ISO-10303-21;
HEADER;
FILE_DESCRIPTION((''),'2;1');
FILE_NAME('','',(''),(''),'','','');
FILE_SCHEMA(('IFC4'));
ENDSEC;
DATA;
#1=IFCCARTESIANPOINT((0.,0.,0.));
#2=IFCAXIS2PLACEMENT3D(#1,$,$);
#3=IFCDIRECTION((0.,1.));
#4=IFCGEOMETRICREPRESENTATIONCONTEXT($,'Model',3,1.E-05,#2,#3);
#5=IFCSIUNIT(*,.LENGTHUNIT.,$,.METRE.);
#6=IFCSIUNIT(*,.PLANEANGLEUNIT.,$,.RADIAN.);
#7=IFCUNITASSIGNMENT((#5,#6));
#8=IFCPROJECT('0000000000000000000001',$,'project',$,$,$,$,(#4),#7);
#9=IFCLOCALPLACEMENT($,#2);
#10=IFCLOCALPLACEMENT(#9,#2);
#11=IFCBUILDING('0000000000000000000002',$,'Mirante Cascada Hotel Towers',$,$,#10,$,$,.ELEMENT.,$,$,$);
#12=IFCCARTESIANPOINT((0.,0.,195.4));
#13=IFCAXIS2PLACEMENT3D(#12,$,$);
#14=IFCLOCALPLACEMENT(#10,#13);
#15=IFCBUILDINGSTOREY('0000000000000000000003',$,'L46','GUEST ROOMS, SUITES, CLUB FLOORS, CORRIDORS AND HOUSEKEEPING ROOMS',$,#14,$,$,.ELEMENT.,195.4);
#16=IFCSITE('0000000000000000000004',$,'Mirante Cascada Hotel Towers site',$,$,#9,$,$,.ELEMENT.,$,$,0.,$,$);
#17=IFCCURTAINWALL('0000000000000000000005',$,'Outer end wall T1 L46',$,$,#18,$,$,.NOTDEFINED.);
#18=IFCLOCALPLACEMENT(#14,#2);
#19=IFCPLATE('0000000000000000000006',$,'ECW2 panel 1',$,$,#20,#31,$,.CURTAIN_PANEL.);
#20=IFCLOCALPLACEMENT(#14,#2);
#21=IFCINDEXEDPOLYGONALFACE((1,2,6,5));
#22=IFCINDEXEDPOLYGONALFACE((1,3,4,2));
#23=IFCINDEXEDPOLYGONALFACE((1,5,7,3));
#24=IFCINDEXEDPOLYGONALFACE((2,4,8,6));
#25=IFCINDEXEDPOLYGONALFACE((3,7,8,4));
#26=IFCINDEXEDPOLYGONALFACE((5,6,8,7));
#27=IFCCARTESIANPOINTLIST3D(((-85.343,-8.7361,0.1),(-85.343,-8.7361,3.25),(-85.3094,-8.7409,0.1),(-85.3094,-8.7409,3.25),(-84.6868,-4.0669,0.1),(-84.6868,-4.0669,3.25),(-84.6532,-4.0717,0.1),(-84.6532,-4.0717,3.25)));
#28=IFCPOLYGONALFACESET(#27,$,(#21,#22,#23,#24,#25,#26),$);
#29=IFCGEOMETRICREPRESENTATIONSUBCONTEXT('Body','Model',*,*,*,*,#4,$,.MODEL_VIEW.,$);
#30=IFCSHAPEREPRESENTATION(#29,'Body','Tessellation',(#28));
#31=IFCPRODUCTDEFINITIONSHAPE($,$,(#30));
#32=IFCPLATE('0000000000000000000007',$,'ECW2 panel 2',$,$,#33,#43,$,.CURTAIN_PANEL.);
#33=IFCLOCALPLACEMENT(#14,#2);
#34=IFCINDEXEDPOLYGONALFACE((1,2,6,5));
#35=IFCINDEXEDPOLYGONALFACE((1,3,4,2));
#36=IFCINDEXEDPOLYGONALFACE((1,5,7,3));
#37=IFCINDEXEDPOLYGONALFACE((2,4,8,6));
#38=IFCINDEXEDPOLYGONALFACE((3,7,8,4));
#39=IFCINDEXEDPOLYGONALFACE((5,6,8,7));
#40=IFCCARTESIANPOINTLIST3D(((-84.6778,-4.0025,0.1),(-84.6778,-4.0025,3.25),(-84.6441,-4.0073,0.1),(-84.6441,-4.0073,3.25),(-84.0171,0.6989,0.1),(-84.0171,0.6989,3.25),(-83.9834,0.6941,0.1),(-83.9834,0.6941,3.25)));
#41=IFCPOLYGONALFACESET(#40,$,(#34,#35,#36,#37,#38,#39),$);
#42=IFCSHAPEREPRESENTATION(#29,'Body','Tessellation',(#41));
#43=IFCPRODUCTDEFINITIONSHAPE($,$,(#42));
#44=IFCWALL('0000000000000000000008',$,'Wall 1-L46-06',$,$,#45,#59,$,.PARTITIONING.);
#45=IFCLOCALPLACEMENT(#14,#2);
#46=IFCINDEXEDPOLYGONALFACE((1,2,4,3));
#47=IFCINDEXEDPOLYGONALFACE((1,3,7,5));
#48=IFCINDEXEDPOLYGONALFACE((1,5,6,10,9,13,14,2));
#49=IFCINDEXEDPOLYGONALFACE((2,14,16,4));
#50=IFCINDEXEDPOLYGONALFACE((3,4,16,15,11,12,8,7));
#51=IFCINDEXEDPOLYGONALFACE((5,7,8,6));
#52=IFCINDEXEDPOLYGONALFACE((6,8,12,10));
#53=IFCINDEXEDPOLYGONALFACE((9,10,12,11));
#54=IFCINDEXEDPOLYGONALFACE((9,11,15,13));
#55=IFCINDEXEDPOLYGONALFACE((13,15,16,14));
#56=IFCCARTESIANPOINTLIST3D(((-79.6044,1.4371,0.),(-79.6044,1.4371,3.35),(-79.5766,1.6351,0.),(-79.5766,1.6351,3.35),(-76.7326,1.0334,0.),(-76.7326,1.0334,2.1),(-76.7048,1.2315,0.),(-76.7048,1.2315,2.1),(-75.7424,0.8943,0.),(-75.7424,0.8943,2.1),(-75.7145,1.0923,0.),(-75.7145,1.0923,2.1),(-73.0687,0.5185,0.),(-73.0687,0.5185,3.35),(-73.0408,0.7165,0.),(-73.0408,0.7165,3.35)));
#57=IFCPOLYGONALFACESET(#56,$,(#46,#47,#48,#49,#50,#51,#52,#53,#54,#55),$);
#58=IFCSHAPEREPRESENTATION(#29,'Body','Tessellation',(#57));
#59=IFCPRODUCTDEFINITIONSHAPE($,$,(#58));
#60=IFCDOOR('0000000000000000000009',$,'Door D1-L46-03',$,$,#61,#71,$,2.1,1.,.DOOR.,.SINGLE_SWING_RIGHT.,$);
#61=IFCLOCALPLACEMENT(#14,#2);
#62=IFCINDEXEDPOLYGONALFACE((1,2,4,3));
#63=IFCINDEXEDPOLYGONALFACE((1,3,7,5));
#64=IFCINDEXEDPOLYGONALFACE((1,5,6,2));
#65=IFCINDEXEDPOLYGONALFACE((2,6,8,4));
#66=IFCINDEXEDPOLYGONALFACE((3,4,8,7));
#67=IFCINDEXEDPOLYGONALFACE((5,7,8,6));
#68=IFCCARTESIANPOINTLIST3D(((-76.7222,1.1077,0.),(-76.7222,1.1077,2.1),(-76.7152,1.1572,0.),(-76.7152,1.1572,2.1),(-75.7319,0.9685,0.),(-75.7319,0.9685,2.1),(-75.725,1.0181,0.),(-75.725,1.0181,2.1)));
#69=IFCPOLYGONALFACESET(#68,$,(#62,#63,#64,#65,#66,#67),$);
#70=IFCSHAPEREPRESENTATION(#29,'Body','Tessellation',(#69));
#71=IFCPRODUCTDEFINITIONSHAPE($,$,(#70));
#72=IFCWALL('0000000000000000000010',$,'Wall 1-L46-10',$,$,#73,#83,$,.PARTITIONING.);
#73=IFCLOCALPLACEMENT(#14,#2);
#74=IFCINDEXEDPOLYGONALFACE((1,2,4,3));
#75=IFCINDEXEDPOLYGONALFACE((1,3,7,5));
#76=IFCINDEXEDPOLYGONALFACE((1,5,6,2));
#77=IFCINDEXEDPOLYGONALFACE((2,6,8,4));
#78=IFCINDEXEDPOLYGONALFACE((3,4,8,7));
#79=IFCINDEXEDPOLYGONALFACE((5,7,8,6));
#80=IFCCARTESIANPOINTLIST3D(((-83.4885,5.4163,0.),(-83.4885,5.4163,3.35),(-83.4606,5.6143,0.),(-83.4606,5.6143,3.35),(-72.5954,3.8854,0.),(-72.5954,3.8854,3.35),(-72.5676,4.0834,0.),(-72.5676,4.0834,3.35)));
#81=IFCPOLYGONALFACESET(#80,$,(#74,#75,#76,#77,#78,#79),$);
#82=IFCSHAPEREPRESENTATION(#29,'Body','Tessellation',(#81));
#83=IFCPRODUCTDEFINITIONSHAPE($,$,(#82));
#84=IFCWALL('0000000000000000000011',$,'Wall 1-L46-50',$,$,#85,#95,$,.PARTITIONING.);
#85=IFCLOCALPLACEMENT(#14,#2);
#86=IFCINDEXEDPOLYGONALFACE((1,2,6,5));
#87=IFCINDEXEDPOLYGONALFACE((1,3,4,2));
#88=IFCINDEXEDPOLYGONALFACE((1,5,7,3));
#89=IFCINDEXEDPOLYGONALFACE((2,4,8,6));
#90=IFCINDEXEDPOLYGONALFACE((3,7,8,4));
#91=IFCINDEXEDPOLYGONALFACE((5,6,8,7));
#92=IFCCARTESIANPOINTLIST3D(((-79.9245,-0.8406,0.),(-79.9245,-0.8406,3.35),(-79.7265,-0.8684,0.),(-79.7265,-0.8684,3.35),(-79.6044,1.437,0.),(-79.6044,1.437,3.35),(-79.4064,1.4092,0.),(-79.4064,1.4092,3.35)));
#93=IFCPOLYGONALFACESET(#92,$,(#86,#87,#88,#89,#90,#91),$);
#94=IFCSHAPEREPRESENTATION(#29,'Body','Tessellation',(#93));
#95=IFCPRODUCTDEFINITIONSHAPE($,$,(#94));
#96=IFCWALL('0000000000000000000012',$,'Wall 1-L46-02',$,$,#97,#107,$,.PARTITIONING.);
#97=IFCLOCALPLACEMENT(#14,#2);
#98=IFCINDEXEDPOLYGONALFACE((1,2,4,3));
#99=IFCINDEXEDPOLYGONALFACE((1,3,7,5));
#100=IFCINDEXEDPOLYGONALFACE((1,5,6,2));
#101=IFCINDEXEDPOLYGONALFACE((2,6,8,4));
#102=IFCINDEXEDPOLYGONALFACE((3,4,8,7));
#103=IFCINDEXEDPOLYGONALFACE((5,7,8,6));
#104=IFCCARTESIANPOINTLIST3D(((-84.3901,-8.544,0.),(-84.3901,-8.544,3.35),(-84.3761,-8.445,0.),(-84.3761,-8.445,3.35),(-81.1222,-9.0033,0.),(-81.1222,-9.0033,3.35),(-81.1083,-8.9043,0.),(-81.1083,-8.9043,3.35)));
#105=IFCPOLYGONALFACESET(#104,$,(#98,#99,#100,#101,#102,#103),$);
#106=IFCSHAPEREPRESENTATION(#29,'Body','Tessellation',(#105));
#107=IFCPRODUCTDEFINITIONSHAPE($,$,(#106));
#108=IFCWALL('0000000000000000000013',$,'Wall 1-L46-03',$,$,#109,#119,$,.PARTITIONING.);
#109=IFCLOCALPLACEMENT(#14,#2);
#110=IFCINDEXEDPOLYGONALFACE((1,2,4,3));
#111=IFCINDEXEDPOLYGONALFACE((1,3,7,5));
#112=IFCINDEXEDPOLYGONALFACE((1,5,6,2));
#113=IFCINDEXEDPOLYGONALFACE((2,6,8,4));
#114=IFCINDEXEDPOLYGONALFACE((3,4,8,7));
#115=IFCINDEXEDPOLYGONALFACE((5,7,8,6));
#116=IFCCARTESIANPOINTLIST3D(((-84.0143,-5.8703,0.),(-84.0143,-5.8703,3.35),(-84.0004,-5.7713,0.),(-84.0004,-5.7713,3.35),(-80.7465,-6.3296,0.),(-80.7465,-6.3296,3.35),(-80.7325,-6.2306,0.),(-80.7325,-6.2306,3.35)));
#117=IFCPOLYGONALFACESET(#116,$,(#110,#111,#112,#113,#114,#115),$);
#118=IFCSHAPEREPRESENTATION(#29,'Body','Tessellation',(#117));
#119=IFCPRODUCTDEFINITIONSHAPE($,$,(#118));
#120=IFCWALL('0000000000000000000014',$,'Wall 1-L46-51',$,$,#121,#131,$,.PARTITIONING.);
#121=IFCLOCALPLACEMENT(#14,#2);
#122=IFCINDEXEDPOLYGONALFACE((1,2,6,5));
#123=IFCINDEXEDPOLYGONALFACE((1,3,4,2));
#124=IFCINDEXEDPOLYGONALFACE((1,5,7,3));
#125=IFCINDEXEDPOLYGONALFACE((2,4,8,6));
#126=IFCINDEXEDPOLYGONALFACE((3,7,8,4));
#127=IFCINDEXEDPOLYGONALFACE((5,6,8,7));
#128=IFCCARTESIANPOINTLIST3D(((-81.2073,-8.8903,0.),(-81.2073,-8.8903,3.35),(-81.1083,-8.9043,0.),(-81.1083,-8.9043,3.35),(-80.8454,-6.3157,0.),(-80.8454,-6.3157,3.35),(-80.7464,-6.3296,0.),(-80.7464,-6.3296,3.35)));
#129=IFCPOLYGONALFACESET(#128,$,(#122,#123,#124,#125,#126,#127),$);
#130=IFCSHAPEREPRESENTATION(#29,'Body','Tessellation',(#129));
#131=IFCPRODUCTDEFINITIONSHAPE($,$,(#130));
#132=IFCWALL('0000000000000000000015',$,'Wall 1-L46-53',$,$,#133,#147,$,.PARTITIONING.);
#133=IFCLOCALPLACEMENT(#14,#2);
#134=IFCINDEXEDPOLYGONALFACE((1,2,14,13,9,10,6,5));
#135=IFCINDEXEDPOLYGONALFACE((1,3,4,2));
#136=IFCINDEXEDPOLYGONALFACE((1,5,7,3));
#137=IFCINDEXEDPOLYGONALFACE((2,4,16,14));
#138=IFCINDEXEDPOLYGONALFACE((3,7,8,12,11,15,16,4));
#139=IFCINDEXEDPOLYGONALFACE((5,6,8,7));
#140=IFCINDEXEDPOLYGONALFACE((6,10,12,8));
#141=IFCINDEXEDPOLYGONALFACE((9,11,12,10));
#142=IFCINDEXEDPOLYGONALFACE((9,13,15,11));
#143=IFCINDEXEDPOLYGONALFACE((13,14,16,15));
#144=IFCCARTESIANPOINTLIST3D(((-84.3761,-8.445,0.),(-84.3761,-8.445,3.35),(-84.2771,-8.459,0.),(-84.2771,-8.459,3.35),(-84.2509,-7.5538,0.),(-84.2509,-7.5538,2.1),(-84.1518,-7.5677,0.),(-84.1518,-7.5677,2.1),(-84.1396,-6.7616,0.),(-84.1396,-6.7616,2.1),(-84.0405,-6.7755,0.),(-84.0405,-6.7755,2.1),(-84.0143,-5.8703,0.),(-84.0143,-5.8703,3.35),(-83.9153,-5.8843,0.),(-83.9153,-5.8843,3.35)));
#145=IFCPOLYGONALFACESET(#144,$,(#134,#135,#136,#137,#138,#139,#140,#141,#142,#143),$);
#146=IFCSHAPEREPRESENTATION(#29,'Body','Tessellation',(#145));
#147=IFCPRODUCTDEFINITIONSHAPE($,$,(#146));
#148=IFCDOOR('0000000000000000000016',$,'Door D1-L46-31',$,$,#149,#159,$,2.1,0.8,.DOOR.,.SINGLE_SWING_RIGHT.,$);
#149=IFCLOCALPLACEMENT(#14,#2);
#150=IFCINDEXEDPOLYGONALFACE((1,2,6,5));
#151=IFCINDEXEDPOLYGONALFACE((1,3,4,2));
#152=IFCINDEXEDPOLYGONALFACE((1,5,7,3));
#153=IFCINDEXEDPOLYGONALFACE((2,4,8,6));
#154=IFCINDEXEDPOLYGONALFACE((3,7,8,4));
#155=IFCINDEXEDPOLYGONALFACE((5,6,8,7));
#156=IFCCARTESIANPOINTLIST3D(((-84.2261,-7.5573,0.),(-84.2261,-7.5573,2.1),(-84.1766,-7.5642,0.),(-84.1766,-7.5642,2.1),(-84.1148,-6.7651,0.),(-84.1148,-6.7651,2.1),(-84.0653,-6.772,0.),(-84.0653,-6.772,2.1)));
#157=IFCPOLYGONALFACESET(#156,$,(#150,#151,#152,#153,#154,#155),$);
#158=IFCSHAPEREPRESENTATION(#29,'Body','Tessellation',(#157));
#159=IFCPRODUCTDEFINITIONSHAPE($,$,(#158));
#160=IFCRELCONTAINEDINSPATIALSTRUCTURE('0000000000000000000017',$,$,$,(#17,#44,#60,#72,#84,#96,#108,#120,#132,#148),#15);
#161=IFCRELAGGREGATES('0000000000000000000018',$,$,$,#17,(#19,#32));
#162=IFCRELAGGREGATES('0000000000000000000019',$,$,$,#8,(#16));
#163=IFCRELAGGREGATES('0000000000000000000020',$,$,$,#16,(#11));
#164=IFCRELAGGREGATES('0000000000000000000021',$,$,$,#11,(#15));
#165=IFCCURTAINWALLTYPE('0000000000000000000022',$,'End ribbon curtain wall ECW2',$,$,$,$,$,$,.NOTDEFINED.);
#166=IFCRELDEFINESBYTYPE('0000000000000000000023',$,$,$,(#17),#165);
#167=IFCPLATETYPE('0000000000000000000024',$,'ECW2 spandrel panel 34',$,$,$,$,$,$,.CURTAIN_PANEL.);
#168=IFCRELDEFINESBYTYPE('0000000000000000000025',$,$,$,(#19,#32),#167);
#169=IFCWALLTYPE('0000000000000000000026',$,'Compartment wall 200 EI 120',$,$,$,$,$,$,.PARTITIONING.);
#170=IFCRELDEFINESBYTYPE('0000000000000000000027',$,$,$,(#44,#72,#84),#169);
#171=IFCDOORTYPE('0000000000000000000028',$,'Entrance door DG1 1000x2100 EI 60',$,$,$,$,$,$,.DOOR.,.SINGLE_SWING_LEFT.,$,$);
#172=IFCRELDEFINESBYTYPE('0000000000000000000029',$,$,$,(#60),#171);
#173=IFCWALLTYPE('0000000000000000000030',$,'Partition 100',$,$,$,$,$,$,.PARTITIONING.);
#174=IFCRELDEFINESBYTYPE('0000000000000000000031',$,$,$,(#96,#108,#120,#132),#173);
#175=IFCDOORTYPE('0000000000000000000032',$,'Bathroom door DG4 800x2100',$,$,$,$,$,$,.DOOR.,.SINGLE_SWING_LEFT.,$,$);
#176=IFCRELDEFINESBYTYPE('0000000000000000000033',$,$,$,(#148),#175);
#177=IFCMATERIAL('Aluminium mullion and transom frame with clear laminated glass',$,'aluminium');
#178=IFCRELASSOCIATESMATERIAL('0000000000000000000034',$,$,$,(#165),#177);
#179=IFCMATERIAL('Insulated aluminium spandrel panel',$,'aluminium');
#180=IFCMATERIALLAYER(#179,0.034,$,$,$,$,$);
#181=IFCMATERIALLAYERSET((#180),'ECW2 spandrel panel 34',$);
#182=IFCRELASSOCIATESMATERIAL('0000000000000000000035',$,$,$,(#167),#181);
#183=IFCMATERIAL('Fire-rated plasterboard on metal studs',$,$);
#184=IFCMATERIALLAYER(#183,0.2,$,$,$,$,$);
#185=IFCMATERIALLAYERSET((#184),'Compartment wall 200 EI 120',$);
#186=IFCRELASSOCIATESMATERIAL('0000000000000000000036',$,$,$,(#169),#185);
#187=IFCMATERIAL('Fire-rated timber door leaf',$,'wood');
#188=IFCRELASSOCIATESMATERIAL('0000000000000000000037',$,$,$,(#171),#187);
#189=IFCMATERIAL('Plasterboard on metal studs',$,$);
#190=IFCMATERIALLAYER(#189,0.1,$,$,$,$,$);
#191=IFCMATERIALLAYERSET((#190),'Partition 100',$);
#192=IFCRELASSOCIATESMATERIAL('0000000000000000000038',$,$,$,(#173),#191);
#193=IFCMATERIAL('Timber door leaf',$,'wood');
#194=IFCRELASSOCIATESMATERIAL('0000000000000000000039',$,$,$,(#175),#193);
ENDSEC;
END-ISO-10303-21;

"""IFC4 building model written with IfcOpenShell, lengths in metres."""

from ifc_helpers import new_model, si_unit, direction, frame, frame_2d, origin, origin_2d, place, context, subcontext, project, spatial, rectangle, extrude, material, layer, layer_set, type_object, element, fill, aggregate, save


model = new_model("IFC4")

# Units and contexts
model_context = context("Model", 3, precision=1e-05, world=origin(), true_north=direction((0.0, 1.0)))
body_context = subcontext(model_context, "Body", "Model", "MODEL_VIEW")
ifc_project = project(units=[si_unit("LENGTHUNIT", "METRE"), si_unit("PLANEANGLEUNIT", "RADIAN")], contexts=[model_context])

# Site, building, storey
site_placement = place(None, origin())
site = spatial("IfcSite", under=ifc_project, at=site_placement, Name="Mirante Cascada Hotel Towers site", CompositionType="ELEMENT", RefElevation=0.0)
building_placement = place(site_placement, origin())
building = spatial("IfcBuilding", under=site, at=building_placement, Name="Mirante Cascada Hotel Towers", CompositionType="ELEMENT")
storey_placement = place(building_placement, frame((0.0, 0.0, 195.4)))
storey = spatial("IfcBuildingStorey", under=building, at=storey_placement, Name="L46", Description="GUEST ROOMS, SUITES, CLUB FLOORS, CORRIDORS AND HOUSEKEEPING ROOMS", CompositionType="ELEMENT", Elevation=195.4)

# Curtain wall, plates
ifc_material_1 = material(Name="Aluminium mullion and transom frame with clear laminated glass", Category="aluminium")
curtain_wall_type = type_object("IfcCurtainWallType", Name="End ribbon curtain wall ECW2", PredefinedType="NOTDEFINED", material=ifc_material_1)
curtain_wall_placement = place(storey_placement, origin())
curtain_wall = element("IfcCurtainWall", 1, at=curtain_wall_placement, inside=storey, type_object=curtain_wall_type, Name="Outer end wall T1 L46", PredefinedType="NOTDEFINED")
ifc_material_2 = material(Name="Insulated aluminium spandrel panel", Category="aluminium")
ifc_layer_1 = layer(ifc_material_2, 0.034)
ifc_layer_set_1 = layer_set([ifc_layer_1], Name="ECW2 spandrel panel 34")
plate_type_1 = type_object("IfcPlateType", Name="ECW2 spandrel panel 34", PredefinedType="CURTAIN_PANEL", material=ifc_layer_set_1)
plate_1_placement = place(storey_placement, frame((-84.9981, -6.4039, 0.1), z_axis=(0.0, 0.0, 1.0), x_axis=(0.139173, 0.990268, 0.0)))
plate_1 = element("IfcPlate", 2, at=plate_1_placement, type_object=plate_type_1, Name="ECW2 panel 1", PredefinedType="CURTAIN_PANEL", context=body_context, shape_type="SweptSolid", body=[
    extrude(rectangle(XDim=4.7151, YDim=0.034, at=origin_2d()), origin(), (0.0, 0.0, 1.0), 3.15),
])
plate_2_placement = place(storey_placement, frame((-84.3306, -1.6542, 0.1), z_axis=(0.0, 0.0, 1.0), x_axis=(0.139173, 0.990268, 0.0)))
plate_2 = element("IfcPlate", 3, at=plate_2_placement, type_object=plate_type_1, Name="ECW2 panel 2", PredefinedType="CURTAIN_PANEL", context=body_context, shape_type="SweptSolid", body=[
    extrude(rectangle(XDim=4.7476, YDim=0.034, at=origin_2d()), origin(), (0.0, 0.0, 1.0), 3.15),
])
aggregate(curtain_wall, [plate_1, plate_2])

# Wall, opening, door
ifc_material_3 = material(Name="Fire-rated plasterboard on metal studs")
ifc_layer_2 = layer(ifc_material_3, 0.2)
ifc_layer_set_2 = layer_set([ifc_layer_2], Name="Compartment wall 200 EI 120")
wall_type_1 = type_object("IfcWallType", Name="Compartment wall 200 EI 120", PredefinedType="PARTITIONING", material=ifc_layer_set_2)
wall_1_placement = place(storey_placement, frame((-79.5905, 1.5361, 0.0), z_axis=(0.0, 0.0, 1.0), x_axis=(0.990267, -0.139181, 0.0)))
wall_1 = element("IfcWall", 4, at=wall_1_placement, inside=storey, type_object=wall_type_1, Name="Wall 1-L46-06", PredefinedType="PARTITIONING", context=body_context, shape_type="SweptSolid", body=[
    extrude(rectangle(XDim=6.6, YDim=0.2, at=frame_2d((3.3, 0.0))), origin(), (0.0, 0.0, 1.0), 3.35),
])
opening_1_placement = place(wall_1_placement, frame((2.9, 0.0, 0.0)))
opening_1 = element("IfcOpeningElement", 5, at=opening_1_placement, cuts=wall_1, PredefinedType="OPENING", context=body_context, shape_type="SweptSolid", body=[
    extrude(rectangle(XDim=1.0, YDim=2.1, at=frame_2d((0.5, 1.05))), frame((0.0, 0.1, 0.0), z_axis=(0.0, -1.0, 0.0), x_axis=(1.0, 0.0, 0.0)), (0.0, 0.0, 1.0), 0.2),
])
ifc_material_4 = material(Name="Fire-rated timber door leaf", Category="wood")
door_type_1 = type_object("IfcDoorType", Name="Entrance door DG1 1000x2100 EI 60", OperationType="SINGLE_SWING_LEFT", PredefinedType="DOOR", material=ifc_material_4)
door_1_placement = place(opening_1_placement, frame((1.0, 0.0, 0.0), z_axis=(0.0, 0.0, 1.0), x_axis=(-1.0, 0.0, 0.0)))
door_1 = element("IfcDoor", 6, at=door_1_placement, inside=storey, type_object=door_type_1, Name="Door D1-L46-03", OperationType="SINGLE_SWING_RIGHT", OverallHeight=2.1, OverallWidth=1.0, PredefinedType="DOOR", context=body_context, shape_type="SweptSolid", body=[
    extrude(rectangle(XDim=1.0, YDim=2.1, at=frame_2d((0.5, 1.05))), frame((0.0, 0.025, 0.0), z_axis=(0.0, -1.0, 0.0), x_axis=(1.0, 0.0, 0.0)), (0.0, 0.0, 1.0), 0.05),
])
fill(opening_1, door_1)

# Walls
wall_2_placement = place(storey_placement, frame((-83.4745, 5.5153, 0.0), z_axis=(0.0, 0.0, 1.0), x_axis=(0.990268, -0.139172, 0.0)))
element("IfcWall", 7, at=wall_2_placement, inside=storey, type_object=wall_type_1, Name="Wall 1-L46-10", PredefinedType="PARTITIONING", context=body_context, shape_type="SweptSolid", body=[
    extrude(rectangle(XDim=11.0001, YDim=0.2, at=frame_2d((5.5, 0.0))), origin(), (0.0, 0.0, 1.0), 3.35),
])
wall_3_placement = place(storey_placement, frame((-79.5054, 1.4231, 0.0), z_axis=(0.0, 0.0, 1.0), x_axis=(-0.139175, -0.990268, 0.0)))
element("IfcWall", 8, at=wall_3_placement, inside=storey, type_object=wall_type_1, Name="Wall 1-L46-50", PredefinedType="PARTITIONING", context=body_context, shape_type="SweptSolid", body=[
    extrude(rectangle(XDim=2.3, YDim=0.2, at=frame_2d((1.15, 0.0))), origin(), (0.0, 0.0, 1.0), 3.35),
])
ifc_material_5 = material(Name="Plasterboard on metal studs")
ifc_layer_3 = layer(ifc_material_5, 0.1)
ifc_layer_set_3 = layer_set([ifc_layer_3], Name="Partition 100")
wall_type_2 = type_object("IfcWallType", Name="Partition 100", PredefinedType="PARTITIONING", material=ifc_layer_set_3)
for number, where, z_axis, x_axis, name in (
    (9, (-84.3831, -8.4945, 0.0), (0.0, 0.0, 1.0), (0.990267, -0.139181, 0.0), "Wall 1-L46-02"),
    (10, (-80.7395, -6.2801, 0.0), (0.0, 0.0, 1.0), (-0.990267, 0.139181, 0.0), "Wall 1-L46-03"),
):
    element("IfcWall", number, at=place(storey_placement, frame(where, z_axis=z_axis, x_axis=x_axis)), inside=storey, type_object=wall_type_2, Name=name, PredefinedType="PARTITIONING", context=body_context, shape_type="SweptSolid", body=[
        extrude(rectangle(XDim=3.3, YDim=0.1, at=frame_2d((1.65, 0.0))), origin(), (0.0, 0.0, 1.0), 3.35),
    ])
wall_4_placement = place(storey_placement, frame((-81.1578, -8.8973, 0.0), z_axis=(0.0, 0.0, 1.0), x_axis=(0.139192, 0.990265, 0.0)))
element("IfcWall", 11, at=wall_4_placement, inside=storey, type_object=wall_type_2, Name="Wall 1-L46-51", PredefinedType="PARTITIONING", context=body_context, shape_type="SweptSolid", body=[
    extrude(rectangle(XDim=2.6, YDim=0.1, at=frame_2d((1.3, 0.0))), origin(), (0.0, 0.0, 1.0), 3.35),
])

# Wall, opening, door
wall_5_placement = place(storey_placement, frame((-84.3266, -8.452, 0.0), z_axis=(0.0, 0.0, 1.0), x_axis=(0.139154, 0.990271, 0.0)))
wall_5 = element("IfcWall", 12, at=wall_5_placement, inside=storey, type_object=wall_type_2, Name="Wall 1-L46-53", PredefinedType="PARTITIONING", context=body_context, shape_type="SweptSolid", body=[
    extrude(rectangle(XDim=2.6, YDim=0.1, at=frame_2d((1.3, 0.0))), origin(), (0.0, 0.0, 1.0), 3.35),
])
opening_2_placement = place(wall_5_placement, frame((0.9, 0.0, 0.0)))
opening_2 = element("IfcOpeningElement", 13, at=opening_2_placement, cuts=wall_5, PredefinedType="OPENING", context=body_context, shape_type="SweptSolid", body=[
    extrude(rectangle(XDim=0.8, YDim=2.1, at=frame_2d((0.4, 1.05))), frame((0.0, 0.05, 0.0), z_axis=(0.0, -1.0, 0.0), x_axis=(1.0, 0.0, 0.0)), (0.0, 0.0, 1.0), 0.1),
])
ifc_material_6 = material(Name="Timber door leaf", Category="wood")
door_type_2 = type_object("IfcDoorType", Name="Bathroom door DG4 800x2100", OperationType="SINGLE_SWING_LEFT", PredefinedType="DOOR", material=ifc_material_6)
door_2_placement = place(opening_2_placement, frame((0.8, 0.0, 0.0), z_axis=(0.0, 0.0, 1.0), x_axis=(-1.0, 0.0, 0.0)))
door_2 = element("IfcDoor", 14, at=door_2_placement, inside=storey, type_object=door_type_2, Name="Door D1-L46-31", OperationType="SINGLE_SWING_RIGHT", OverallHeight=2.1, OverallWidth=0.8, PredefinedType="DOOR", context=body_context, shape_type="SweptSolid", body=[
    extrude(rectangle(XDim=0.8, YDim=2.1, at=frame_2d((0.4, 1.05))), frame((0.0, 0.025, 0.0), z_axis=(0.0, -1.0, 0.0), x_axis=(1.0, 0.0, 0.0)), (0.0, 0.0, 1.0), 0.05),
])
fill(opening_2, door_2)

save(model, "model.ifc")
